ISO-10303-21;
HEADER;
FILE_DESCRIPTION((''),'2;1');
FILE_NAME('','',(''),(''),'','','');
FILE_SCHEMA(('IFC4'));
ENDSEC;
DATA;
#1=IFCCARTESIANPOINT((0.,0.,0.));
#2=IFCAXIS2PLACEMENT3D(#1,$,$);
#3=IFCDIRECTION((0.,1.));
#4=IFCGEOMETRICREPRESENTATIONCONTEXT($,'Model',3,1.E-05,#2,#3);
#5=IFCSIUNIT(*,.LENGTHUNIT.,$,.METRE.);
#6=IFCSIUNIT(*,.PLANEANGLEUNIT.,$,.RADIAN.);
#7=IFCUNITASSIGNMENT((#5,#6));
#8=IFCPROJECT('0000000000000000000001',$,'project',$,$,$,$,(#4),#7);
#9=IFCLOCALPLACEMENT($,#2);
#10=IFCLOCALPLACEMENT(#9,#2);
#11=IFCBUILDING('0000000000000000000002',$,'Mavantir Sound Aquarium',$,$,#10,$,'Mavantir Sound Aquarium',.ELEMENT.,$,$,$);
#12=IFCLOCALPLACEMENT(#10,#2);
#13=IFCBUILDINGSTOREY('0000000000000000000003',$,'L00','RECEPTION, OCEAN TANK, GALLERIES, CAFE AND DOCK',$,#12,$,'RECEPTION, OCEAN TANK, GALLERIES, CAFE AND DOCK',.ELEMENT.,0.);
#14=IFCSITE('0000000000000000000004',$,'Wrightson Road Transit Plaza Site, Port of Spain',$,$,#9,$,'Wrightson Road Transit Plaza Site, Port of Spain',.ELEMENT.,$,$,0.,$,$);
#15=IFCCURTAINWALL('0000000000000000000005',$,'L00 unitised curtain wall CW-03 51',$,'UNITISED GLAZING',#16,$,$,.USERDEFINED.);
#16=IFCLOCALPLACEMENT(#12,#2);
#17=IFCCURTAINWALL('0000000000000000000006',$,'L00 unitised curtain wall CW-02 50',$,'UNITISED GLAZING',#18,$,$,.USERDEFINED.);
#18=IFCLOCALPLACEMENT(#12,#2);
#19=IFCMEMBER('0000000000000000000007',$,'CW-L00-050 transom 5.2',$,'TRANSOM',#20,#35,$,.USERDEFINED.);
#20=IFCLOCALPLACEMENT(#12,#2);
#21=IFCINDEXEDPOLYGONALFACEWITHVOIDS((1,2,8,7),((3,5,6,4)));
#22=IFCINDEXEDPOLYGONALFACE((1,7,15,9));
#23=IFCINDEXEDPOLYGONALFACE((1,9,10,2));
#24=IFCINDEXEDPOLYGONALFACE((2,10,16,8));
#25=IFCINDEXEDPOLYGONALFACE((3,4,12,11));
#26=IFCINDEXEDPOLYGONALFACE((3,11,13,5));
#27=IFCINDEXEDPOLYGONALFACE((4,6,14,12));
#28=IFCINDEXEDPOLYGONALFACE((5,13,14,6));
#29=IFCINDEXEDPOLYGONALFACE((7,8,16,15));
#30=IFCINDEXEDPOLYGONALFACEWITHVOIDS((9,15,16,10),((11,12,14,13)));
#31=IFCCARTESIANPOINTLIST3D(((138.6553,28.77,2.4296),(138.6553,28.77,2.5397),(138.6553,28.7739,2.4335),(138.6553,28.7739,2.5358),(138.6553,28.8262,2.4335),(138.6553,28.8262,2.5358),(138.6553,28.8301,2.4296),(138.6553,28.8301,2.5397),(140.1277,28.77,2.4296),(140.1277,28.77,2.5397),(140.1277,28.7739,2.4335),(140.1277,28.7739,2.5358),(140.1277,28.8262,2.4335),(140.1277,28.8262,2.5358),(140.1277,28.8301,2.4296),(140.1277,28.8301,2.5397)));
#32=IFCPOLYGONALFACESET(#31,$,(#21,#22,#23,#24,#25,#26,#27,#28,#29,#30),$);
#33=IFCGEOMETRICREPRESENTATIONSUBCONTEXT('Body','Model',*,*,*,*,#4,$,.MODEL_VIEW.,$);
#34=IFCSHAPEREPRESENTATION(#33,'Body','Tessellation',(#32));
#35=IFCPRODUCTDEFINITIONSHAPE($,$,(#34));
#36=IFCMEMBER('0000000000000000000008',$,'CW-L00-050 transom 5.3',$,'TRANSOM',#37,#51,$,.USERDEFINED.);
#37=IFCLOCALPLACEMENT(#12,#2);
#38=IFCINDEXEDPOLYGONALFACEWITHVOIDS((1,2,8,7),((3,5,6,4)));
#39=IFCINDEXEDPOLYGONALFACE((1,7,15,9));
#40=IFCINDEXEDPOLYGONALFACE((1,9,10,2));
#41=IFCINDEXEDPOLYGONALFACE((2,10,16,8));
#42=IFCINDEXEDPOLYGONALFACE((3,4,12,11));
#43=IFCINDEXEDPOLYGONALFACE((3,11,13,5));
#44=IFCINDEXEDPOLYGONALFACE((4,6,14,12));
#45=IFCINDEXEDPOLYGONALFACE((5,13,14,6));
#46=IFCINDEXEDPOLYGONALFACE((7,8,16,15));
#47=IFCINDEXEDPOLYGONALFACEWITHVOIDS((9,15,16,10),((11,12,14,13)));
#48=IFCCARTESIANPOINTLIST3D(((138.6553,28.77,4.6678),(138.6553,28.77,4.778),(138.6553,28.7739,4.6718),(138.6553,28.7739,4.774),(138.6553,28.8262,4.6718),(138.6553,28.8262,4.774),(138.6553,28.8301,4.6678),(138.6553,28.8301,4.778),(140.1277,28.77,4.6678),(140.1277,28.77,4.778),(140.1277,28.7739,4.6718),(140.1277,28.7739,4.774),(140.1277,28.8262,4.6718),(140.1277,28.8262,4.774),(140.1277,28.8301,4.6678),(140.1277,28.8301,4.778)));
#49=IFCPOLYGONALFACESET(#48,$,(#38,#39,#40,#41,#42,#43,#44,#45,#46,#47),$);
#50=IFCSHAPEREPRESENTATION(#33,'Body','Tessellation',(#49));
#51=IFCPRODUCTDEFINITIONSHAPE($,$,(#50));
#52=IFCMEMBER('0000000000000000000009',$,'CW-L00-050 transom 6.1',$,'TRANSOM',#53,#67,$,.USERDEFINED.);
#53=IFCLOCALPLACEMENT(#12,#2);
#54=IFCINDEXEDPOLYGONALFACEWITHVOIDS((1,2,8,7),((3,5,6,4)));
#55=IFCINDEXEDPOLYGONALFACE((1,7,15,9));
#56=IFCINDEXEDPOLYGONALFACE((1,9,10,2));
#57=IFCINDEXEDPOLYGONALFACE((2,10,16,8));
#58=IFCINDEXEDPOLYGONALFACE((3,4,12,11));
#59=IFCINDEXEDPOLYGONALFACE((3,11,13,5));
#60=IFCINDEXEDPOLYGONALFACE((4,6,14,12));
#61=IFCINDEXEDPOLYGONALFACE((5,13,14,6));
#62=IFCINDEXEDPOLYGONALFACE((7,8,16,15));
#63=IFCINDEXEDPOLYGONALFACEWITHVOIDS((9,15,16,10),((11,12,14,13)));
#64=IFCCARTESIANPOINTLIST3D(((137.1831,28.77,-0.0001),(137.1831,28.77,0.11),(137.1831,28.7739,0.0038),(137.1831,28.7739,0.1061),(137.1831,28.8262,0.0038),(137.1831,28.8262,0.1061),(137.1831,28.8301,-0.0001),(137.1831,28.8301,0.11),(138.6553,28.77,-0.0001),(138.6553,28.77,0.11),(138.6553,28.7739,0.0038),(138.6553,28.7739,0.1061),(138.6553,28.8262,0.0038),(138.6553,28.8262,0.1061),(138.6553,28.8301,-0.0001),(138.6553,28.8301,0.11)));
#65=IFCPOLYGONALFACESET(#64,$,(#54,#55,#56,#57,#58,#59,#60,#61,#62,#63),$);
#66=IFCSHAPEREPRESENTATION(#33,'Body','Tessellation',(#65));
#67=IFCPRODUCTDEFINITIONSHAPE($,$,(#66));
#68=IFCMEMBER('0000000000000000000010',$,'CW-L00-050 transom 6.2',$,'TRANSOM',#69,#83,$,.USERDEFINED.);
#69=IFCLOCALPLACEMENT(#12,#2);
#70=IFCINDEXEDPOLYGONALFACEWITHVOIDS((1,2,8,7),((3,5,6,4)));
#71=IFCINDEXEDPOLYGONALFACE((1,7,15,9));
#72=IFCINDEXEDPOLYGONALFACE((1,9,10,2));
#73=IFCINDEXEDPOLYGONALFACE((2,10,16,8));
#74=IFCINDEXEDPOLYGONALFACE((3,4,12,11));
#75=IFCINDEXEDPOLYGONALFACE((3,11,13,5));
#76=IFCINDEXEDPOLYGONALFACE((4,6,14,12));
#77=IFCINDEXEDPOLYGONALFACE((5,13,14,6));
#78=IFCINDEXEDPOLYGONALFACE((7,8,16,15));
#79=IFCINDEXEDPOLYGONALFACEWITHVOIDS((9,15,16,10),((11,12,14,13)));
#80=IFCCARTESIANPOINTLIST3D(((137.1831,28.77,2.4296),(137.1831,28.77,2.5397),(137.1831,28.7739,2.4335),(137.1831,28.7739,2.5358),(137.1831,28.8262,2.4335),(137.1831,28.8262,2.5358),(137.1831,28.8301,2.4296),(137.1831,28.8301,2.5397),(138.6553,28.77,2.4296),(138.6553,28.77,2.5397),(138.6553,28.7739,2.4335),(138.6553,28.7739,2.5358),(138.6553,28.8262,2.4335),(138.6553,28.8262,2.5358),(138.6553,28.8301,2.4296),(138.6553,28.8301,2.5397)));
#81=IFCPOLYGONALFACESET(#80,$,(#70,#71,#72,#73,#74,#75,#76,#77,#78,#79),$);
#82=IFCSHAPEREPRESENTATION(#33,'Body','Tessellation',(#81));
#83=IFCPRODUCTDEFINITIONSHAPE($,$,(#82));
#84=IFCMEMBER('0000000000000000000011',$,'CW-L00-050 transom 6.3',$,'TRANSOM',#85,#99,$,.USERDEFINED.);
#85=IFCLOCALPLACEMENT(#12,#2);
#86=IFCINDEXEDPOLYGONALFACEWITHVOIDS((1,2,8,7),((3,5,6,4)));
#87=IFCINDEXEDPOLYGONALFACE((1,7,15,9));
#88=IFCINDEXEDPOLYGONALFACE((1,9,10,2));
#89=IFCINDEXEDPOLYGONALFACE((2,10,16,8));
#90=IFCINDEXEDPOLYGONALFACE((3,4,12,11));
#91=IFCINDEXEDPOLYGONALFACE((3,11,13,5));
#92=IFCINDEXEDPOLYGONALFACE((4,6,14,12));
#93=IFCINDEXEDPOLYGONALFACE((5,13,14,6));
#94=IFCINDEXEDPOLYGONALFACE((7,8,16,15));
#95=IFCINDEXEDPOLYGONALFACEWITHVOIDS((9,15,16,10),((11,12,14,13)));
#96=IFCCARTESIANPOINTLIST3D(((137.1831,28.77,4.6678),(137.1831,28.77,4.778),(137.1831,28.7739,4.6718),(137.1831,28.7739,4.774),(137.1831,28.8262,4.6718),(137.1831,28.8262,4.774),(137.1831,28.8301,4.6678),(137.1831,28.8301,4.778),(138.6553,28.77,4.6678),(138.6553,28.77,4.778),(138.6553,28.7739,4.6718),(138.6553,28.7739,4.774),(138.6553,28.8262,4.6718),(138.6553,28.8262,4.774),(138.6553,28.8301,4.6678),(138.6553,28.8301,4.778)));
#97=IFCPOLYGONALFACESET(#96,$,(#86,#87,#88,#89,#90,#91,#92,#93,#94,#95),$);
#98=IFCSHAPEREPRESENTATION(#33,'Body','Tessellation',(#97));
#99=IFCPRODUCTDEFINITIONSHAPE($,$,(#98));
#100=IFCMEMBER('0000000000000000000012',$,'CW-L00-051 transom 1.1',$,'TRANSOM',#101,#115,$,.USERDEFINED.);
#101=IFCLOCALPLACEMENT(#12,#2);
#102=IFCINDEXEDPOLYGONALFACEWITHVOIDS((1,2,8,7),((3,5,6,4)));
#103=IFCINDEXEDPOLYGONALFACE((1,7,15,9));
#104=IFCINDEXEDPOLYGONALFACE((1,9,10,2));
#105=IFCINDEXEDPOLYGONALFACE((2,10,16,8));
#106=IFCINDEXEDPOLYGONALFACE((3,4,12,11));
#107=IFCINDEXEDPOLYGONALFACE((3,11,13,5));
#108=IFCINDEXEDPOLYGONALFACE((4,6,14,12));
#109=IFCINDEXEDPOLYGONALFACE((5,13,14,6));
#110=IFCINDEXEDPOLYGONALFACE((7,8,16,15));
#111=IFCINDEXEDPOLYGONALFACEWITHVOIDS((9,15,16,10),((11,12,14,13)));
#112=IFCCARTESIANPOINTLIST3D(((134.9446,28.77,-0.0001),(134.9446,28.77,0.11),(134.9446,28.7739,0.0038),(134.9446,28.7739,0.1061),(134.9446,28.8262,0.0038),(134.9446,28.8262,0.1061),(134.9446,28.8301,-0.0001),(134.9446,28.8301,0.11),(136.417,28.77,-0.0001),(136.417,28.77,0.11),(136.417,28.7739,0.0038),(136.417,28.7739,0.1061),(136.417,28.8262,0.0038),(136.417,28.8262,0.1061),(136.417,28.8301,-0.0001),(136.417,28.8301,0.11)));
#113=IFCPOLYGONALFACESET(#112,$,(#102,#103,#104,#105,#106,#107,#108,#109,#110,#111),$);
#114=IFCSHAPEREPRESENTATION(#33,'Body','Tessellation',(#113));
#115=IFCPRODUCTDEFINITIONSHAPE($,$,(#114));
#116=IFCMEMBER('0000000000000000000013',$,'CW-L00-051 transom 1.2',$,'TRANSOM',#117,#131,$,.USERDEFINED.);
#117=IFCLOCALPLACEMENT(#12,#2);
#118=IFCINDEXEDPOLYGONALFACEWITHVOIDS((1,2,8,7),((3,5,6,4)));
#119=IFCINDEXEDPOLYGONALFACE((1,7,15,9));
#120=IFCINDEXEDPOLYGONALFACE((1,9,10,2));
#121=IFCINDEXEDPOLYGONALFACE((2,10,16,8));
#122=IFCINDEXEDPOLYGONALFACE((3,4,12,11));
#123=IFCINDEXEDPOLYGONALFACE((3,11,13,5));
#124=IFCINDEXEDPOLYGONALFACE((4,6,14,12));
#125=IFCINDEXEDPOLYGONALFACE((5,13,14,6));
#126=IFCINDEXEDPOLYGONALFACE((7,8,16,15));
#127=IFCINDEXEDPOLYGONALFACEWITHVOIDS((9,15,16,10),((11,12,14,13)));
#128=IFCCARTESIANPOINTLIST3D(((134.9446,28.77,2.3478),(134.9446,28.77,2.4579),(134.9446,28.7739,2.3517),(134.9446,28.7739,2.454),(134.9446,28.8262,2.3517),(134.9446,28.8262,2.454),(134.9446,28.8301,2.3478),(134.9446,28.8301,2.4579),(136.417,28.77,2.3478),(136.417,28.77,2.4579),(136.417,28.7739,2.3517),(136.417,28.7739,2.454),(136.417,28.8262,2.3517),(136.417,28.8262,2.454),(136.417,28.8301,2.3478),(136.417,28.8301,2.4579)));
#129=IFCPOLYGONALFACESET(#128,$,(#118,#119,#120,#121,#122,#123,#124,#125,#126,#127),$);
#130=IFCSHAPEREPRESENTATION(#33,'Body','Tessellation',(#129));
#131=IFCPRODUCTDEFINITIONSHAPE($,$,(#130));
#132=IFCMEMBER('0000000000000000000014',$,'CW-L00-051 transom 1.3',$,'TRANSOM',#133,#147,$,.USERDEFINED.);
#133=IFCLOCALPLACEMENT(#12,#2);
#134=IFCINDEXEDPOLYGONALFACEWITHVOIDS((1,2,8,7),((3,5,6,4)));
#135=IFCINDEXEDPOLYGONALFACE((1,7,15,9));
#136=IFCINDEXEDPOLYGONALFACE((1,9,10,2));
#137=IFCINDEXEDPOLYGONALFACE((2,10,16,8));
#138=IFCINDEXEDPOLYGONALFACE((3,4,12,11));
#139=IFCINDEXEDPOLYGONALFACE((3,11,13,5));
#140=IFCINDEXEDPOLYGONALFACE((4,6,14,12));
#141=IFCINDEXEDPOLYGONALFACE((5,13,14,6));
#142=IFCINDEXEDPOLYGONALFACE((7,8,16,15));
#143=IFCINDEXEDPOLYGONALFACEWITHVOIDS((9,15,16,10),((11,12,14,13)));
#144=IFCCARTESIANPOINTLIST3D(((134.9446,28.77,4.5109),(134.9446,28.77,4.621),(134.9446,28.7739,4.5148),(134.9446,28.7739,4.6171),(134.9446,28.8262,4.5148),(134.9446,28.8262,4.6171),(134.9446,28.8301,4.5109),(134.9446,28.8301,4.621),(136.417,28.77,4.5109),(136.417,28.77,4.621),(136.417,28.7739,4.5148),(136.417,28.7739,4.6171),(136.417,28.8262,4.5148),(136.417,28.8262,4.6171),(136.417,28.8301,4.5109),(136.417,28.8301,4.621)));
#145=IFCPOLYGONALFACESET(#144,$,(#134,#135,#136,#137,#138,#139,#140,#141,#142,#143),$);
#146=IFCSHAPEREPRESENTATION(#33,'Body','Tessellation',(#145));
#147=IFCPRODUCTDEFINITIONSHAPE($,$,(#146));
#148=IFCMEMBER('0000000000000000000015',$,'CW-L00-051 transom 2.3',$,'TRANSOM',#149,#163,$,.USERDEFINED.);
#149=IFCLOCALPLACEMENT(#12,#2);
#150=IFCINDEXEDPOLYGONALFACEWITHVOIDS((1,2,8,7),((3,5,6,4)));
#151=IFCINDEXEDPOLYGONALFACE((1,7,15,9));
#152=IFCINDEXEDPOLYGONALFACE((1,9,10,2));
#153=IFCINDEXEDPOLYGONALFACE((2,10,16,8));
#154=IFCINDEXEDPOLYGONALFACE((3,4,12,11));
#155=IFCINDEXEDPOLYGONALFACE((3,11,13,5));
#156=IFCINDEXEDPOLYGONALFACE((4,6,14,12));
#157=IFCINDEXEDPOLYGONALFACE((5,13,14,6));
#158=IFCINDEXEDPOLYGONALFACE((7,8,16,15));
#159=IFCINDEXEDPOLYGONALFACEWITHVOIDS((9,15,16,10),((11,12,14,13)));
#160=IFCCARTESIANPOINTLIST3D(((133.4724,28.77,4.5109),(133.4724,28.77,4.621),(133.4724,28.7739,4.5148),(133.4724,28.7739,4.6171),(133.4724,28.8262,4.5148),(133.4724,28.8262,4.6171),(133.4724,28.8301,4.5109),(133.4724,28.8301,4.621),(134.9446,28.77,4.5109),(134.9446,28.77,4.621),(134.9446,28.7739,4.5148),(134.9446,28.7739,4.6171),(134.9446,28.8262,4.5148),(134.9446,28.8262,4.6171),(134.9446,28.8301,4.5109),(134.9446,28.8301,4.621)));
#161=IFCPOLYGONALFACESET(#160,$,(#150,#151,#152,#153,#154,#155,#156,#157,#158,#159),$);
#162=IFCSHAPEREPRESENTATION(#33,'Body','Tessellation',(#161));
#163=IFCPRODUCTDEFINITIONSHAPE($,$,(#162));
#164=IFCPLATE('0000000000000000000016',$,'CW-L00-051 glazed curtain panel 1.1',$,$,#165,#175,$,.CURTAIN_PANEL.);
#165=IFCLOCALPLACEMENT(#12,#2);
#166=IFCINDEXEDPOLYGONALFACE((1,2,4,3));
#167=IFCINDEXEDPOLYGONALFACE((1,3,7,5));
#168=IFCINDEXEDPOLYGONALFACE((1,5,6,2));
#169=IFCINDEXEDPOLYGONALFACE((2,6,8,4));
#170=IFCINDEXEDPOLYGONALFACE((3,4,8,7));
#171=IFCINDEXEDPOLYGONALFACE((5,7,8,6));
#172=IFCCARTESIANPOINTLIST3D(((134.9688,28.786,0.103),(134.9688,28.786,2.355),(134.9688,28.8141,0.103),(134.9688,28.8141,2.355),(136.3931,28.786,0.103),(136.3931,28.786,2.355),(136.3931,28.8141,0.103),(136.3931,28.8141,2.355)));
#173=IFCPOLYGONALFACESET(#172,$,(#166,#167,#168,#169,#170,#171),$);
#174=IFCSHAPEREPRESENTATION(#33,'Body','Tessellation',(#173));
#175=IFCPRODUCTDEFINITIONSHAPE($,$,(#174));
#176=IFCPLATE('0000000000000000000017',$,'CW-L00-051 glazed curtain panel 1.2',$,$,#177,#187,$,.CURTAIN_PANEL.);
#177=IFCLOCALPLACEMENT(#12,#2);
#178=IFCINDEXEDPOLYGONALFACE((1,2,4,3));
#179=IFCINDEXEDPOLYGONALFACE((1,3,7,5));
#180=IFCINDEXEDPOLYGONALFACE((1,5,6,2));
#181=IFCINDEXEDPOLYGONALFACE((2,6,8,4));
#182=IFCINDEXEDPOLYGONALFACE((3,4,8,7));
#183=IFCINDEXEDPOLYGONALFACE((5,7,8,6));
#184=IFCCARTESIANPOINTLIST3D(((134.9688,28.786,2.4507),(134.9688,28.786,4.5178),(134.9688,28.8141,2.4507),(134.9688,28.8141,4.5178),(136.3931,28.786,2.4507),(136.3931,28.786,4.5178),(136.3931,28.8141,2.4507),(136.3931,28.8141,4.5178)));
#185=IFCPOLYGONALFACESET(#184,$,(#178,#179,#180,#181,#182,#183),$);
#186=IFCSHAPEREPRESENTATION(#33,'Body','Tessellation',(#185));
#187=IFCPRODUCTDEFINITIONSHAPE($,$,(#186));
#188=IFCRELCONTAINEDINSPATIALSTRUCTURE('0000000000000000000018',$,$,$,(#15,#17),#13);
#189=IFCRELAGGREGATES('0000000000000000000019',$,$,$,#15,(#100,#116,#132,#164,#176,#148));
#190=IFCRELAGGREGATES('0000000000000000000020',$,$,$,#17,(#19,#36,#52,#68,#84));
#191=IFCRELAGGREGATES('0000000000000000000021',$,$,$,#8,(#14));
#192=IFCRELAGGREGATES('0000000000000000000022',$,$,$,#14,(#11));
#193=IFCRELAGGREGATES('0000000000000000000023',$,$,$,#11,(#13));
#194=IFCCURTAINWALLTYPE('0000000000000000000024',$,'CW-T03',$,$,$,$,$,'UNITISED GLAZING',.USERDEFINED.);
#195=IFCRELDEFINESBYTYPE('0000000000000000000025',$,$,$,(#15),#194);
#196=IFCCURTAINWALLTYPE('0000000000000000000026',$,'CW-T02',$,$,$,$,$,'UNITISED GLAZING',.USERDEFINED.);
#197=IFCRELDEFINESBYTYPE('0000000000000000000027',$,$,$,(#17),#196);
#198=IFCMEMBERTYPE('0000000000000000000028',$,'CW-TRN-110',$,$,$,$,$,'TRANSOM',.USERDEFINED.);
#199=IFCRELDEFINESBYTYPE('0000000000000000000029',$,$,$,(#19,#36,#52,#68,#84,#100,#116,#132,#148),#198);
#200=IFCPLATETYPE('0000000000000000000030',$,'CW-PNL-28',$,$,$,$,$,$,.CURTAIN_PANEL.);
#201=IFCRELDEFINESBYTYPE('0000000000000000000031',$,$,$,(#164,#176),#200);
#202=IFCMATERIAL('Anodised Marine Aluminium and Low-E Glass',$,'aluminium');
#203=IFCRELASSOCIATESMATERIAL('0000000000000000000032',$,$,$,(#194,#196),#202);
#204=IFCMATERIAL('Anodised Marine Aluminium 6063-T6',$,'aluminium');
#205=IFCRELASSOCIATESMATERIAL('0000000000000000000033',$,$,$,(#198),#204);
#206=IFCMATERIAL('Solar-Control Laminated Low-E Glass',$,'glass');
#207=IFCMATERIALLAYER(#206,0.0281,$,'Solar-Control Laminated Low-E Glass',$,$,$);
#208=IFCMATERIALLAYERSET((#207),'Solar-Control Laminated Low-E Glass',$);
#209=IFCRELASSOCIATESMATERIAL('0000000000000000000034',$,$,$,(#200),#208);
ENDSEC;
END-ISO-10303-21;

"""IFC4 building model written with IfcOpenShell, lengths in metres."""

from ifc_helpers import new_model, si_unit, direction, frame, origin, origin_2d, place, context, subcontext, project, spatial, rectangle, hollow_rectangle, extrude, material, layer, layer_set, material_profile, profile_set, type_object, element, aggregate, save


model = new_model("IFC4")

# Units and contexts
model_context = context("Model", 3, precision=1e-05, world=origin(), true_north=direction((0.0, 1.0)))
body_context = subcontext(model_context, "Body", "Model", "MODEL_VIEW")
ifc_project = project(units=[si_unit("LENGTHUNIT", "METRE"), si_unit("PLANEANGLEUNIT", "RADIAN")], contexts=[model_context])

# Site, building, storey
site_placement = place(None, origin())
site = spatial("IfcSite", under=ifc_project, at=site_placement, Name="Wrightson Road Transit Plaza Site, Port of Spain", LongName="Wrightson Road Transit Plaza Site, Port of Spain", CompositionType="ELEMENT", RefElevation=0.0)
building_placement = place(site_placement, origin())
building = spatial("IfcBuilding", under=site, at=building_placement, Name="Mavantir Sound Aquarium", LongName="Mavantir Sound Aquarium", CompositionType="ELEMENT")
storey_placement = place(building_placement, origin())
storey = spatial("IfcBuildingStorey", under=building, at=storey_placement, Name="L00", Description="RECEPTION, OCEAN TANK, GALLERIES, CAFE AND DOCK", LongName="RECEPTION, OCEAN TANK, GALLERIES, CAFE AND DOCK", CompositionType="ELEMENT", Elevation=0.0)

# Curtain wall
ifc_material_1 = material(Name="Anodised Marine Aluminium and Low-E Glass", Category="aluminium")
curtain_wall_type_1 = type_object("IfcCurtainWallType", Name="CW-T03", ElementType="UNITISED GLAZING", PredefinedType="USERDEFINED", material=ifc_material_1)
curtain_wall_1_placement = place(storey_placement, origin())
curtain_wall_1 = element("IfcCurtainWall", 1, at=curtain_wall_1_placement, inside=storey, type_object=curtain_wall_type_1, Name="L00 unitised curtain wall CW-03 51", ObjectType="UNITISED GLAZING", PredefinedType="USERDEFINED")
ifc_material_2 = material(Name="Anodised Marine Aluminium 6063-T6", Category="aluminium")

# Curtain wall, members
curtain_wall_type_2 = type_object("IfcCurtainWallType", Name="CW-T02", ElementType="UNITISED GLAZING", PredefinedType="USERDEFINED", material=ifc_material_1)
curtain_wall_2_placement = place(storey_placement, origin())
curtain_wall_2 = element("IfcCurtainWall", 2, at=curtain_wall_2_placement, inside=storey, type_object=curtain_wall_type_2, Name="L00 unitised curtain wall CW-02 50", ObjectType="UNITISED GLAZING", PredefinedType="USERDEFINED")
ifc_material_profile_1 = material_profile(ifc_material_2, hollow_rectangle(XDim=0.0601, YDim=0.1101, WallThickness=0.0039, at=origin_2d()), Name="ALU-TRANSOM-110X60")
ifc_profile_set_1 = profile_set([ifc_material_profile_1], Name="Anodised Marine Aluminium 6063-T6")
member_type_1 = type_object("IfcMemberType", Name="CW-TRN-110", ElementType="TRANSOM", PredefinedType="USERDEFINED", material=ifc_profile_set_1)
member_1_placement = place(storey_placement, frame((140.1277, 28.8, 2.4846), z_axis=(-1.0, 0.0, 0.0), x_axis=(0.0, -1.0, 0.0)))
member_1 = element("IfcMember", 3, at=member_1_placement, type_object=member_type_1, Name="CW-L00-050 transom 5.2", ObjectType="TRANSOM", PredefinedType="USERDEFINED", context=body_context, shape_type="SweptSolid", body=[
    extrude(hollow_rectangle(XDim=0.0601, YDim=0.1101, WallThickness=0.0039, at=origin_2d()), origin(), (0.0, 0.0, 1.0), 1.4724),
])
member_2_placement = place(storey_placement, frame((140.1277, 28.8, 4.7229), z_axis=(-1.0, 0.0, 0.0), x_axis=(0.0, -1.0, 0.0)))
member_2 = element("IfcMember", 4, at=member_2_placement, type_object=member_type_1, Name="CW-L00-050 transom 5.3", ObjectType="TRANSOM", PredefinedType="USERDEFINED", context=body_context, shape_type="SweptSolid", body=[
    extrude(hollow_rectangle(XDim=0.0601, YDim=0.1101, WallThickness=0.0039, at=origin_2d()), origin(), (0.0, 0.0, 1.0), 1.4724),
])
member_3_placement = place(storey_placement, frame((138.6553, 28.8, 0.0549), z_axis=(-1.0, 0.0, 0.0), x_axis=(0.0, -1.0, 0.0)))
member_3 = element("IfcMember", 5, at=member_3_placement, type_object=member_type_1, Name="CW-L00-050 transom 6.1", ObjectType="TRANSOM", PredefinedType="USERDEFINED", context=body_context, shape_type="SweptSolid", body=[
    extrude(hollow_rectangle(XDim=0.0601, YDim=0.1101, WallThickness=0.0039, at=origin_2d()), origin(), (0.0, 0.0, 1.0), 1.4722),
])
member_4_placement = place(storey_placement, frame((138.6553, 28.8, 2.4846), z_axis=(-1.0, 0.0, 0.0), x_axis=(0.0, -1.0, 0.0)))
member_4 = element("IfcMember", 6, at=member_4_placement, type_object=member_type_1, Name="CW-L00-050 transom 6.2", ObjectType="TRANSOM", PredefinedType="USERDEFINED", context=body_context, shape_type="SweptSolid", body=[
    extrude(hollow_rectangle(XDim=0.0601, YDim=0.1101, WallThickness=0.0039, at=origin_2d()), origin(), (0.0, 0.0, 1.0), 1.4722),
])
member_5_placement = place(storey_placement, frame((138.6553, 28.8, 4.7229), z_axis=(-1.0, 0.0, 0.0), x_axis=(0.0, -1.0, 0.0)))
member_5 = element("IfcMember", 7, at=member_5_placement, type_object=member_type_1, Name="CW-L00-050 transom 6.3", ObjectType="TRANSOM", PredefinedType="USERDEFINED", context=body_context, shape_type="SweptSolid", body=[
    extrude(hollow_rectangle(XDim=0.0601, YDim=0.1101, WallThickness=0.0039, at=origin_2d()), origin(), (0.0, 0.0, 1.0), 1.4722),
])

# Members
member_6_placement = place(storey_placement, frame((136.417, 28.8, 0.0549), z_axis=(-1.0, 0.0, 0.0), x_axis=(0.0, -1.0, 0.0)))
member_6 = element("IfcMember", 8, at=member_6_placement, type_object=member_type_1, Name="CW-L00-051 transom 1.1", ObjectType="TRANSOM", PredefinedType="USERDEFINED", context=body_context, shape_type="SweptSolid", body=[
    extrude(hollow_rectangle(XDim=0.0601, YDim=0.1101, WallThickness=0.0039, at=origin_2d()), origin(), (0.0, 0.0, 1.0), 1.4724),
])
member_7_placement = place(storey_placement, frame((136.417, 28.8, 2.4028), z_axis=(-1.0, 0.0, 0.0), x_axis=(0.0, -1.0, 0.0)))
member_7 = element("IfcMember", 9, at=member_7_placement, type_object=member_type_1, Name="CW-L00-051 transom 1.2", ObjectType="TRANSOM", PredefinedType="USERDEFINED", context=body_context, shape_type="SweptSolid", body=[
    extrude(hollow_rectangle(XDim=0.0601, YDim=0.1101, WallThickness=0.0039, at=origin_2d()), origin(), (0.0, 0.0, 1.0), 1.4724),
])
member_8_placement = place(storey_placement, frame((136.417, 28.8, 4.5659), z_axis=(-1.0, 0.0, 0.0), x_axis=(0.0, -1.0, 0.0)))
member_8 = element("IfcMember", 10, at=member_8_placement, type_object=member_type_1, Name="CW-L00-051 transom 1.3", ObjectType="TRANSOM", PredefinedType="USERDEFINED", context=body_context, shape_type="SweptSolid", body=[
    extrude(hollow_rectangle(XDim=0.0601, YDim=0.1101, WallThickness=0.0039, at=origin_2d()), origin(), (0.0, 0.0, 1.0), 1.4724),
])
member_9_placement = place(storey_placement, frame((134.9446, 28.8, 4.5659), z_axis=(-1.0, 0.0, 0.0), x_axis=(0.0, -1.0, 0.0)))
member_9 = element("IfcMember", 11, at=member_9_placement, type_object=member_type_1, Name="CW-L00-051 transom 2.3", ObjectType="TRANSOM", PredefinedType="USERDEFINED", context=body_context, shape_type="SweptSolid", body=[
    extrude(hollow_rectangle(XDim=0.0601, YDim=0.1101, WallThickness=0.0039, at=origin_2d()), origin(), (0.0, 0.0, 1.0), 1.4722),
])

# Plates
ifc_material_3 = material(Name="Solar-Control Laminated Low-E Glass", Category="glass")
ifc_layer_1 = layer(ifc_material_3, 0.0281, Name="Solar-Control Laminated Low-E Glass")
ifc_layer_set_1 = layer_set([ifc_layer_1], Name="Solar-Control Laminated Low-E Glass")
plate_type_1 = type_object("IfcPlateType", Name="CW-PNL-28", PredefinedType="CURTAIN_PANEL", material=ifc_layer_set_1)
plate_1_placement = place(storey_placement, frame((135.6809, 28.8, 0.103), z_axis=(0.0, 0.0, 1.0), x_axis=(-1.0, 0.0, 0.0)))
plate_1 = element("IfcPlate", 12, at=plate_1_placement, type_object=plate_type_1, Name="CW-L00-051 glazed curtain panel 1.1", PredefinedType="CURTAIN_PANEL", context=body_context, shape_type="SweptSolid", body=[
    extrude(rectangle(XDim=1.4243, YDim=0.0281, at=origin_2d()), origin(), (0.0, 0.0, 1.0), 2.252),
])
plate_2_placement = place(storey_placement, frame((135.6809, 28.8, 2.4507), z_axis=(0.0, 0.0, 1.0), x_axis=(-1.0, 0.0, 0.0)))
plate_2 = element("IfcPlate", 13, at=plate_2_placement, type_object=plate_type_1, Name="CW-L00-051 glazed curtain panel 1.2", PredefinedType="CURTAIN_PANEL", context=body_context, shape_type="SweptSolid", body=[
    extrude(rectangle(XDim=1.4243, YDim=0.0281, at=origin_2d()), origin(), (0.0, 0.0, 1.0), 2.0671),
])
aggregate(curtain_wall_1, [member_6, member_7, member_8, plate_1, plate_2, member_9])
aggregate(curtain_wall_2, [member_1, member_2, member_3, member_4, member_5])

save(model, "model.ifc")
